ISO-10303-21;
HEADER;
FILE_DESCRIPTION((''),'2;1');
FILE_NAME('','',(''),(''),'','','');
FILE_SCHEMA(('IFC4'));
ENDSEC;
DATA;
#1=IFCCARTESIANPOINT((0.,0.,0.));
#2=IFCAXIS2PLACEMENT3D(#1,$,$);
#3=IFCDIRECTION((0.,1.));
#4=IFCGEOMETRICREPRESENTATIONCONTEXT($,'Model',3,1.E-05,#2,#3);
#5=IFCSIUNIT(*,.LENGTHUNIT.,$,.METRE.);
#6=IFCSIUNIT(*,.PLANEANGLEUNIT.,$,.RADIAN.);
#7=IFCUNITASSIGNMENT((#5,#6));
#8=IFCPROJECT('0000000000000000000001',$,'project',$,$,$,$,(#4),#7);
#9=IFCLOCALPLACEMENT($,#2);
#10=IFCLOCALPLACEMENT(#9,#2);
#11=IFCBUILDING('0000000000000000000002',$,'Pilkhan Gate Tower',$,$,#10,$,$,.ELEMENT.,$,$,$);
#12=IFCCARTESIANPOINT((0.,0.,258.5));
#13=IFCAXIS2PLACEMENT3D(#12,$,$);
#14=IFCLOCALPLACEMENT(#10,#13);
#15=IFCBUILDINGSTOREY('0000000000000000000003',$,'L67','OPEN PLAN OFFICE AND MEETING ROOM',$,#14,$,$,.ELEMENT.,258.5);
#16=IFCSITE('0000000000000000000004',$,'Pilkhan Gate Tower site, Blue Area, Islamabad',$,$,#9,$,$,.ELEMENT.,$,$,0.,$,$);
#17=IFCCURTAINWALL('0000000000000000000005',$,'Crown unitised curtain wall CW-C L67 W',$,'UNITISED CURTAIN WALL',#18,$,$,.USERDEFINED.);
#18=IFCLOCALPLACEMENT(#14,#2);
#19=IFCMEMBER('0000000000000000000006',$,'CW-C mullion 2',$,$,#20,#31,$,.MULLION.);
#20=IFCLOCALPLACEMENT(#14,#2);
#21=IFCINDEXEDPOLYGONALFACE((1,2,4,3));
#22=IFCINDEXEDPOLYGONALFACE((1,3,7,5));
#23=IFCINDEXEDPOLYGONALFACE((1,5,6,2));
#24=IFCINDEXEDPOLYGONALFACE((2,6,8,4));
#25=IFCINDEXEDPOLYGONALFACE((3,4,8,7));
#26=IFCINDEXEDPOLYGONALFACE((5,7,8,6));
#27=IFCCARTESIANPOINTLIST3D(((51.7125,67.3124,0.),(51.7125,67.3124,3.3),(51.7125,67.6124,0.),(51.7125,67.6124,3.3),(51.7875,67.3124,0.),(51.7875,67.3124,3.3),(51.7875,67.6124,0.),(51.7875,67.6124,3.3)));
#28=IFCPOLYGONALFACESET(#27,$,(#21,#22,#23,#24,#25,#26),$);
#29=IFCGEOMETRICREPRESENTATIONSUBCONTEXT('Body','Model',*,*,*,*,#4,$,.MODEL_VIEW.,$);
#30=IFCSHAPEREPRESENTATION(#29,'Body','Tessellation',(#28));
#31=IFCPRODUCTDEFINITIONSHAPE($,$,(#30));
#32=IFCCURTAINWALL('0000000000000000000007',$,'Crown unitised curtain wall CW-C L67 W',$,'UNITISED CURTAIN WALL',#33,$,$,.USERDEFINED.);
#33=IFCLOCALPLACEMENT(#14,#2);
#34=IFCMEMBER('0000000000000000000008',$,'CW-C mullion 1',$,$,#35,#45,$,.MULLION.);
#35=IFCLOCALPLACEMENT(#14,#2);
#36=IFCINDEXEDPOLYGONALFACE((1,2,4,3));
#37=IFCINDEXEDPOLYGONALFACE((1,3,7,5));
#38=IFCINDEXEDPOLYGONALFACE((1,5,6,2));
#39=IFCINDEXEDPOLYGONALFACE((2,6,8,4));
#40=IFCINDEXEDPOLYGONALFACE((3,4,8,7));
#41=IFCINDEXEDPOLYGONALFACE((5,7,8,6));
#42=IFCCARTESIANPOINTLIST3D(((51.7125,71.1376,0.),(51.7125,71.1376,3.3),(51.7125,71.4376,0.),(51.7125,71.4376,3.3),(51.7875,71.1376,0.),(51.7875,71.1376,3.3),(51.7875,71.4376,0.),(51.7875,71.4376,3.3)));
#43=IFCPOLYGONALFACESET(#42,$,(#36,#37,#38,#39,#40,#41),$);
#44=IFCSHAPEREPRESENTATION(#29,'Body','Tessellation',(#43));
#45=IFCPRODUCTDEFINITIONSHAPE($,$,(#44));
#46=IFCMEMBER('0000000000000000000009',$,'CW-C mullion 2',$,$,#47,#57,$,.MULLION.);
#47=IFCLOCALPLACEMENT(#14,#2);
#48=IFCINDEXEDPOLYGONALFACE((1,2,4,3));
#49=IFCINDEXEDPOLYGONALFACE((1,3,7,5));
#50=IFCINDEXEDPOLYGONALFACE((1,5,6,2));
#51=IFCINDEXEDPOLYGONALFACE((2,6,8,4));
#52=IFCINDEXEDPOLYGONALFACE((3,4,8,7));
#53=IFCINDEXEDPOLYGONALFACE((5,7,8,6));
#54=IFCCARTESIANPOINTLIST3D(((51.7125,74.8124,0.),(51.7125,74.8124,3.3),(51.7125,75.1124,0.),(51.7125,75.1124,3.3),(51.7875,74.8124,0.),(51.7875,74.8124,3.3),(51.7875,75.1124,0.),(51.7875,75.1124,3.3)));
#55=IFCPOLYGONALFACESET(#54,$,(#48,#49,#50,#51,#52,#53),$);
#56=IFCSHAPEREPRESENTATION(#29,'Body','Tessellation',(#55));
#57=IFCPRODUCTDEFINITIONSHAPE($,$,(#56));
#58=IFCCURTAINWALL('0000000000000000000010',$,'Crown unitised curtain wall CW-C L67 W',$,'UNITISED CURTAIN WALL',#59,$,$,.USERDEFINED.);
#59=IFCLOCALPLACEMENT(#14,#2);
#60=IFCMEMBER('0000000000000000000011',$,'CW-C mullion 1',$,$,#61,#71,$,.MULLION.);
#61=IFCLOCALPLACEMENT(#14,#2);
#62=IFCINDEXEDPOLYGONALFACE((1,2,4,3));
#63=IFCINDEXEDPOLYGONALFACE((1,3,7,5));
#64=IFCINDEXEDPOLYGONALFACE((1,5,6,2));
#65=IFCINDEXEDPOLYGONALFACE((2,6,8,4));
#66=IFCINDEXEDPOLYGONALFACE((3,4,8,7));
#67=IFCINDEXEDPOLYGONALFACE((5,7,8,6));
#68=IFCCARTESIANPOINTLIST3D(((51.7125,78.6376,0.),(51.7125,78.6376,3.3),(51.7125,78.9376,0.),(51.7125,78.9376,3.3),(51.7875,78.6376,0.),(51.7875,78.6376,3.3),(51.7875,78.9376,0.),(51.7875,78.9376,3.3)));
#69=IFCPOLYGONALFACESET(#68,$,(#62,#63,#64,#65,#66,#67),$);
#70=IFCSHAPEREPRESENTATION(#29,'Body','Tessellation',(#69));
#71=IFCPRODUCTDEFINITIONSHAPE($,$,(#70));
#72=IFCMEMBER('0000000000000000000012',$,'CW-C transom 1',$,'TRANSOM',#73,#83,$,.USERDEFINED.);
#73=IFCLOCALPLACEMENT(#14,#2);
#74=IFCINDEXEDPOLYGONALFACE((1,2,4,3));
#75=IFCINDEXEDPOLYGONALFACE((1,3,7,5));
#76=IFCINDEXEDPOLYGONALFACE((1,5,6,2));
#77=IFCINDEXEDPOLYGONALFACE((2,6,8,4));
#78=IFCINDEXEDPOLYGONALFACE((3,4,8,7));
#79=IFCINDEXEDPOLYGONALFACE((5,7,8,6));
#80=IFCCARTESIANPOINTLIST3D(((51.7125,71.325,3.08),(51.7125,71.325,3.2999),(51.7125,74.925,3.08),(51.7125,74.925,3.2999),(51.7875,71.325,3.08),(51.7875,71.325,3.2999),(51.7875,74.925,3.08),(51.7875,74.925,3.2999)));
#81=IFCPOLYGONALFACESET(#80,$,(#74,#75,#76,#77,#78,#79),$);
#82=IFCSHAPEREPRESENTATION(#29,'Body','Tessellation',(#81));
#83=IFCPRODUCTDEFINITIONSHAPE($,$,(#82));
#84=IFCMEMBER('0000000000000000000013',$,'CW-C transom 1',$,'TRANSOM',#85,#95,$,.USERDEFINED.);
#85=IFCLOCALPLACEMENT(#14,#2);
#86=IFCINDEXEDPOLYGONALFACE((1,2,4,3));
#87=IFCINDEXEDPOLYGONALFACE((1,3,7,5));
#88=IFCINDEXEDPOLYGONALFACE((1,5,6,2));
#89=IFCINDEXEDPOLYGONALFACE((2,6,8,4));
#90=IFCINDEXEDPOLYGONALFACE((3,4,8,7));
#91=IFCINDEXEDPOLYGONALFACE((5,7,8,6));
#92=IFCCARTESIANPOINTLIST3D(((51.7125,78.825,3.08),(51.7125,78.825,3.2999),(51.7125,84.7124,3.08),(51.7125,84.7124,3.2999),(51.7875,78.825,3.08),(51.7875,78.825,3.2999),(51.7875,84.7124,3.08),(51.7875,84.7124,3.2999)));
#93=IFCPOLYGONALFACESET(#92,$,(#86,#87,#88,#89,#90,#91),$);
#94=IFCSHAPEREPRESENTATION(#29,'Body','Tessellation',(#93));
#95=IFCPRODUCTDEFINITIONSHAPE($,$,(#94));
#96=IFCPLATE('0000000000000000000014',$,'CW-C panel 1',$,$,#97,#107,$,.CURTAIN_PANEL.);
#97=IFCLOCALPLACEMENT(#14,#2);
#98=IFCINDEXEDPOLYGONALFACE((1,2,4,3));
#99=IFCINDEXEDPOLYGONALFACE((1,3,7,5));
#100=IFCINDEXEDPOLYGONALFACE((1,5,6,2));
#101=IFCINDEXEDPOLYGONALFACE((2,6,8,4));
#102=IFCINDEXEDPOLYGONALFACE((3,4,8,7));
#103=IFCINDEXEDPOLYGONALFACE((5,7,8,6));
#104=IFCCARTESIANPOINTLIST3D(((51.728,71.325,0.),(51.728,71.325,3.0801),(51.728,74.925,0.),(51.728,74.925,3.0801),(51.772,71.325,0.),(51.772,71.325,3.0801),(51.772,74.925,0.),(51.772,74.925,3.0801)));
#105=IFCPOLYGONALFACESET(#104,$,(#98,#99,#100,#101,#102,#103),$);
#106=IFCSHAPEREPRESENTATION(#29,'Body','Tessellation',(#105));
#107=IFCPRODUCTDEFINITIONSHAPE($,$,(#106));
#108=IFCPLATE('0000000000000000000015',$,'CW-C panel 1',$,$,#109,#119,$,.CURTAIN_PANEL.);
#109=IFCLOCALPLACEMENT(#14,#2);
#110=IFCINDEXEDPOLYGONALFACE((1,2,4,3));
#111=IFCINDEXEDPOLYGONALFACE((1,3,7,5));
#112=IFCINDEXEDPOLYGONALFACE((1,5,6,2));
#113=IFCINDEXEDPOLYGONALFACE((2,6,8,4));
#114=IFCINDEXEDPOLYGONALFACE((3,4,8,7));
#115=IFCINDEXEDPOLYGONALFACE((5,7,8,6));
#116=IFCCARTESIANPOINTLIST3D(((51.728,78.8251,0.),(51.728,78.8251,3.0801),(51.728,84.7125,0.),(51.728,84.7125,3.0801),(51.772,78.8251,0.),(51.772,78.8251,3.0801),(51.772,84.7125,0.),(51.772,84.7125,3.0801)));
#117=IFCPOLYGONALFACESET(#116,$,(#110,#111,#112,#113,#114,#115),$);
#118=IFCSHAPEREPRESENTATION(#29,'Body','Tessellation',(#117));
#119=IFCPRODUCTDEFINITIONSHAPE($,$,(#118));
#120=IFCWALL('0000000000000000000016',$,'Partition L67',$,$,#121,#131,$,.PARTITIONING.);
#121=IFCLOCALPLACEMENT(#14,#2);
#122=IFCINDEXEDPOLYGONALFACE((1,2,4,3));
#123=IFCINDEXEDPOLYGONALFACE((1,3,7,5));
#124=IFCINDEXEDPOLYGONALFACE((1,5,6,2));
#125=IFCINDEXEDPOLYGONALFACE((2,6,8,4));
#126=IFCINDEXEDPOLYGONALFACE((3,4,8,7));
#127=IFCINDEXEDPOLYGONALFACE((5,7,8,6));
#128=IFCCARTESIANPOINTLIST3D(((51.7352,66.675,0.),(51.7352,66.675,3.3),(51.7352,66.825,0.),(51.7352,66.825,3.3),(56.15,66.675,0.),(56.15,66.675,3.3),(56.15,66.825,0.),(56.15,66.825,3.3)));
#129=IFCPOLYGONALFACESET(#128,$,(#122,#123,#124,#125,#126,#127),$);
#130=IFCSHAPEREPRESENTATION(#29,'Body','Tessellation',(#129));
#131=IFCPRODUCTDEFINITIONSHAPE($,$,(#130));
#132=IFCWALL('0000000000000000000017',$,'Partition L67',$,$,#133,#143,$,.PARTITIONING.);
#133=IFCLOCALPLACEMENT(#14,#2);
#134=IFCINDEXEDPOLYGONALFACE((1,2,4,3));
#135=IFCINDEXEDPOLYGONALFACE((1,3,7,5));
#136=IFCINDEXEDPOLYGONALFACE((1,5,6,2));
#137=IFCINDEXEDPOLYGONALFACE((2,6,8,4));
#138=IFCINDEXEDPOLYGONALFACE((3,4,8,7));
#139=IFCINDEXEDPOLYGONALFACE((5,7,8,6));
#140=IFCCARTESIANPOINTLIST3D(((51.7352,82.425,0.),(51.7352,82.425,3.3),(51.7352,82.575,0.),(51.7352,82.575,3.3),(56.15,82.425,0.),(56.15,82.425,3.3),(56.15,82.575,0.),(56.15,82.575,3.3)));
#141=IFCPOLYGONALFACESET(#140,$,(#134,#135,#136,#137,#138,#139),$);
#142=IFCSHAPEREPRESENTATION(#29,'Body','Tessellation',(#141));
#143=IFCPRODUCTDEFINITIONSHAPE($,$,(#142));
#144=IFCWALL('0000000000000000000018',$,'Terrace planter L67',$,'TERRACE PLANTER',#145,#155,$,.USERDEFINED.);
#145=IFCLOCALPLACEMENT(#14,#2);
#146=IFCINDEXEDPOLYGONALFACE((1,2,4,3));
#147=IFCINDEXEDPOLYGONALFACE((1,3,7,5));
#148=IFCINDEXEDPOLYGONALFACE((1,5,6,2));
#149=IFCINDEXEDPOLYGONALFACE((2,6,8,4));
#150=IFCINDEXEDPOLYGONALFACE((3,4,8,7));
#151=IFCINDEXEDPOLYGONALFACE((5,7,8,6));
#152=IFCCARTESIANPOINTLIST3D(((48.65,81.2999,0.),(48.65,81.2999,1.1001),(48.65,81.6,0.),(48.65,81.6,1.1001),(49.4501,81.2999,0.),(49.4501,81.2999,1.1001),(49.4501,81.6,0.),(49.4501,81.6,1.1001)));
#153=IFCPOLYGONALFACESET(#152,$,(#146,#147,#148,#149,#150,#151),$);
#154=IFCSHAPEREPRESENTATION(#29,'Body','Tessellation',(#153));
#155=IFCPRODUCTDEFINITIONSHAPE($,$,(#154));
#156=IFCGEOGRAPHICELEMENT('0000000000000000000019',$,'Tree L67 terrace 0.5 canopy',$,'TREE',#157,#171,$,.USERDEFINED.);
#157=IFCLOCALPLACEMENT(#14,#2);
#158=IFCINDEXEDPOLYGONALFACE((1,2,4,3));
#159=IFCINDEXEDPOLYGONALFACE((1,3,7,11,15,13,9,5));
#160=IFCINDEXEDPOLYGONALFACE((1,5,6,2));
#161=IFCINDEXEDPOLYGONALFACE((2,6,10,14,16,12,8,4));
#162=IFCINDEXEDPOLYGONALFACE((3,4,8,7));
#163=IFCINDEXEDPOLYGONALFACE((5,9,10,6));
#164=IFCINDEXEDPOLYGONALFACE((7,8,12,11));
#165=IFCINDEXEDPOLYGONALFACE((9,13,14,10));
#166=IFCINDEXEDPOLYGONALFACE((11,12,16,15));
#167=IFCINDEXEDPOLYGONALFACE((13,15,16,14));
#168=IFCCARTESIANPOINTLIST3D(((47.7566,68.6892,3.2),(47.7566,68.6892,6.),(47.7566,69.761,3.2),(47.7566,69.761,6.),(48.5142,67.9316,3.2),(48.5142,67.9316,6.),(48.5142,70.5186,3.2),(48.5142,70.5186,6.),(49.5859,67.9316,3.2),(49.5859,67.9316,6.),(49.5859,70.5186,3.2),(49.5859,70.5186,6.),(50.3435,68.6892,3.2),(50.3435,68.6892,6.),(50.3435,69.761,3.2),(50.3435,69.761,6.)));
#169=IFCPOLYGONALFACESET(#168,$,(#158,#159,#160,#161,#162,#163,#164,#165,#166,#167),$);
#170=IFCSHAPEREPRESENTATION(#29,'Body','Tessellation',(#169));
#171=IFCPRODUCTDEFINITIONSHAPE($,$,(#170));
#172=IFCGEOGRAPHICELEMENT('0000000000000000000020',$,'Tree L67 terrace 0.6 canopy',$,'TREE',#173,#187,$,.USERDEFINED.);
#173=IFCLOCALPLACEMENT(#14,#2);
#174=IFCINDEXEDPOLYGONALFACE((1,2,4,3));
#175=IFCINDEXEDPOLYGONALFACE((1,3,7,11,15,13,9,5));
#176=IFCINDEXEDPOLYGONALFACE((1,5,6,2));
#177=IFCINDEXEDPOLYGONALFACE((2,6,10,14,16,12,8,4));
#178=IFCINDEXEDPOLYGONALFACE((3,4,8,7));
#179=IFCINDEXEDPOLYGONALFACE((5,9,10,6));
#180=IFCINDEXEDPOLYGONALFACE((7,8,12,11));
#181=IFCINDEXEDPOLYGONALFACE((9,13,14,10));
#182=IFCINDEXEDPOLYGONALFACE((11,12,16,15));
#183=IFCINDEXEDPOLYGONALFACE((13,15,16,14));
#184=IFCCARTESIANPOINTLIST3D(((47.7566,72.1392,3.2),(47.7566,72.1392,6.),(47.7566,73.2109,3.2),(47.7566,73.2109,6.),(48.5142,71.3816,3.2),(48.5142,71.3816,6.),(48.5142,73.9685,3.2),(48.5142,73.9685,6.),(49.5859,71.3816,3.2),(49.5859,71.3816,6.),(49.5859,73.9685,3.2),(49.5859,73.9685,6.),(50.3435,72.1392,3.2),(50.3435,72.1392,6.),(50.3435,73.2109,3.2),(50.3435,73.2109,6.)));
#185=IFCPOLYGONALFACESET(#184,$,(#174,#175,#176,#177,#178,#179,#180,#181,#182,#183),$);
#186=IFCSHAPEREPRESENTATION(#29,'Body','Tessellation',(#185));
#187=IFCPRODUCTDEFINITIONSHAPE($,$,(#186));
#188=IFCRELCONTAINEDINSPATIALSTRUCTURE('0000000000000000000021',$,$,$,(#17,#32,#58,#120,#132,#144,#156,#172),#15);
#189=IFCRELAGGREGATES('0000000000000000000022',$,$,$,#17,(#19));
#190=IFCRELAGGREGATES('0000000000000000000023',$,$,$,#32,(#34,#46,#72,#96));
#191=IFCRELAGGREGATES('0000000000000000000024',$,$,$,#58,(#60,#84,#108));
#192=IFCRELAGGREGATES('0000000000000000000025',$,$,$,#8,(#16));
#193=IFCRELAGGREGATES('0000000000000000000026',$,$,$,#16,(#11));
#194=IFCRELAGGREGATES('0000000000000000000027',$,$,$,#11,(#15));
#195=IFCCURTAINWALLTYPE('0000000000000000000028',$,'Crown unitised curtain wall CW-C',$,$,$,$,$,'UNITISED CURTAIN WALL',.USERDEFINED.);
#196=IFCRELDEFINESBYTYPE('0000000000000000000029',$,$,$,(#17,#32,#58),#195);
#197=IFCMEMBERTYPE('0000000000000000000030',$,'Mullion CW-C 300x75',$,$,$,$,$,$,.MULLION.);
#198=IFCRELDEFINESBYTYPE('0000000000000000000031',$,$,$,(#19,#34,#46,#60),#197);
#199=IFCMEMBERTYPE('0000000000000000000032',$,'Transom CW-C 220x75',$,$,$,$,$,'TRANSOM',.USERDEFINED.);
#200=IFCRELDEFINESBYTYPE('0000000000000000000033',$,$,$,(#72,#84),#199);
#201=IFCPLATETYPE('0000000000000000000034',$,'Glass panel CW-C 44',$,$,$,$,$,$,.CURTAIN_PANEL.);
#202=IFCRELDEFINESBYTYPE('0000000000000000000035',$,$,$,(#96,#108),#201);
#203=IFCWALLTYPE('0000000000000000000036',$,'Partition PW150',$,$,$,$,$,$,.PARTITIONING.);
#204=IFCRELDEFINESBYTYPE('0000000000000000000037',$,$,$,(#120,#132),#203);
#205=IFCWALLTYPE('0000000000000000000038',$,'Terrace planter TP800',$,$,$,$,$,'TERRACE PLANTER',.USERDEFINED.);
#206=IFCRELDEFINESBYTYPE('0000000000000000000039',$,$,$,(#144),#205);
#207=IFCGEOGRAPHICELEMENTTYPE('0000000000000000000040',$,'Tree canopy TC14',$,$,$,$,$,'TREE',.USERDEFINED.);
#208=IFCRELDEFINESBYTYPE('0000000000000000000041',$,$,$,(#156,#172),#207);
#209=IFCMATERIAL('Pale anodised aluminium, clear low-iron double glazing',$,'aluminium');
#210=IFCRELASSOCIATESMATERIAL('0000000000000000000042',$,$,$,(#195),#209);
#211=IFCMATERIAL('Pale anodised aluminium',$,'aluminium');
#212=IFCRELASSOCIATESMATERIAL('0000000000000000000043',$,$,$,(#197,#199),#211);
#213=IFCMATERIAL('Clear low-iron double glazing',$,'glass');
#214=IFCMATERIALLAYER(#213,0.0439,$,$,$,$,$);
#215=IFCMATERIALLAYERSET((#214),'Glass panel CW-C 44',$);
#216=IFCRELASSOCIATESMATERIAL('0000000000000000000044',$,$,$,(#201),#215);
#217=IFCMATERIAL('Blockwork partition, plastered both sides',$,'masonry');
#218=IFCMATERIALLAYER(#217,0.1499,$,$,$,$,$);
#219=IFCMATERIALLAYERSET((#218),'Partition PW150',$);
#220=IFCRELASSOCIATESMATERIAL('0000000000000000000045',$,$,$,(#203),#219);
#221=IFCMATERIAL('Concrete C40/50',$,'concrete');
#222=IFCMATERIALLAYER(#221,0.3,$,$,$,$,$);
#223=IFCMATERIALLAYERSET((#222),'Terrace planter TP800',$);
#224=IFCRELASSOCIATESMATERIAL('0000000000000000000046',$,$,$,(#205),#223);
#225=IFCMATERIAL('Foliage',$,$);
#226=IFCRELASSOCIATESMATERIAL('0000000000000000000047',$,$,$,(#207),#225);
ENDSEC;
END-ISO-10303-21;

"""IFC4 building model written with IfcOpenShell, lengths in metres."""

from ifc_helpers import new_model, si_unit, direction, frame, frame_2d, origin, origin_2d, place, context, subcontext, project, spatial, polyline, rectangle, outline, extrude, material, layer, layer_set, material_profile, profile_set, type_object, element, aggregate, save


model = new_model("IFC4")

# Units and contexts
model_context = context("Model", 3, precision=1e-05, world=origin(), true_north=direction((0.0, 1.0)))
body_context = subcontext(model_context, "Body", "Model", "MODEL_VIEW")
ifc_project = project(units=[si_unit("LENGTHUNIT", "METRE"), si_unit("PLANEANGLEUNIT", "RADIAN")], contexts=[model_context])

# Site, building, storey
site_placement = place(None, origin())
site = spatial("IfcSite", under=ifc_project, at=site_placement, Name="Pilkhan Gate Tower site, Blue Area, Islamabad", CompositionType="ELEMENT", RefElevation=0.0)
building_placement = place(site_placement, origin())
building = spatial("IfcBuilding", under=site, at=building_placement, Name="Pilkhan Gate Tower", CompositionType="ELEMENT")
storey_placement = place(building_placement, frame((0.0, 0.0, 258.5)))
storey = spatial("IfcBuildingStorey", under=building, at=storey_placement, Name="L67", Description="OPEN PLAN OFFICE AND MEETING ROOM", CompositionType="ELEMENT", Elevation=258.5)

# Curtain wall, member
ifc_material_1 = material(Name="Pale anodised aluminium, clear low-iron double glazing", Category="aluminium")
curtain_wall_type = type_object("IfcCurtainWallType", Name="Crown unitised curtain wall CW-C", ElementType="UNITISED CURTAIN WALL", PredefinedType="USERDEFINED", material=ifc_material_1)
curtain_wall_1_placement = place(storey_placement, origin())
curtain_wall_1 = element("IfcCurtainWall", 1, at=curtain_wall_1_placement, inside=storey, type_object=curtain_wall_type, Name="Crown unitised curtain wall CW-C L67 W", ObjectType="UNITISED CURTAIN WALL", PredefinedType="USERDEFINED")
ifc_material_2 = material(Name="Pale anodised aluminium", Category="aluminium")
ifc_material_profile_1 = material_profile(ifc_material_2, rectangle(XDim=0.075, YDim=0.3, at=origin_2d()), Name="Mullion 300x75")
ifc_profile_set_1 = profile_set([ifc_material_profile_1], Name="Pale anodised aluminium")
member_type_1 = type_object("IfcMemberType", Name="Mullion CW-C 300x75", PredefinedType="MULLION", material=ifc_profile_set_1)
member_1_placement = place(storey_placement, frame((51.75, 67.4624, 0.0), z_axis=(0.0, 0.0, 1.0), x_axis=(-1.0, 0.0, 0.0)))
member_1 = element("IfcMember", 2, at=member_1_placement, type_object=member_type_1, Name="CW-C mullion 2", PredefinedType="MULLION", context=body_context, shape_type="SweptSolid", body=[
    extrude(rectangle(XDim=0.075, YDim=0.3, at=origin_2d()), origin(), (0.0, 0.0, 1.0), 3.3),
])
aggregate(curtain_wall_1, [member_1])

# Curtain wall, members
curtain_wall_2_placement = place(storey_placement, origin())
curtain_wall_2 = element("IfcCurtainWall", 3, at=curtain_wall_2_placement, inside=storey, type_object=curtain_wall_type, Name="Crown unitised curtain wall CW-C L67 W", ObjectType="UNITISED CURTAIN WALL", PredefinedType="USERDEFINED")
member_2_placement = place(storey_placement, frame((51.75, 71.2876, 0.0), z_axis=(0.0, 0.0, 1.0), x_axis=(-1.0, 0.0, 0.0)))
member_2 = element("IfcMember", 4, at=member_2_placement, type_object=member_type_1, Name="CW-C mullion 1", PredefinedType="MULLION", context=body_context, shape_type="SweptSolid", body=[
    extrude(rectangle(XDim=0.075, YDim=0.3, at=origin_2d()), origin(), (0.0, 0.0, 1.0), 3.3),
])
member_3_placement = place(storey_placement, frame((51.75, 74.9624, 0.0), z_axis=(0.0, 0.0, 1.0), x_axis=(-1.0, 0.0, 0.0)))
member_3 = element("IfcMember", 5, at=member_3_placement, type_object=member_type_1, Name="CW-C mullion 2", PredefinedType="MULLION", context=body_context, shape_type="SweptSolid", body=[
    extrude(rectangle(XDim=0.075, YDim=0.3, at=origin_2d()), origin(), (0.0, 0.0, 1.0), 3.3),
])

# Curtain wall, member
curtain_wall_3_placement = place(storey_placement, origin())
curtain_wall_3 = element("IfcCurtainWall", 6, at=curtain_wall_3_placement, inside=storey, type_object=curtain_wall_type, Name="Crown unitised curtain wall CW-C L67 W", ObjectType="UNITISED CURTAIN WALL", PredefinedType="USERDEFINED")
member_4_placement = place(storey_placement, frame((51.75, 78.7876, 0.0), z_axis=(0.0, 0.0, 1.0), x_axis=(-1.0, 0.0, 0.0)))
member_4 = element("IfcMember", 7, at=member_4_placement, type_object=member_type_1, Name="CW-C mullion 1", PredefinedType="MULLION", context=body_context, shape_type="SweptSolid", body=[
    extrude(rectangle(XDim=0.075, YDim=0.3, at=origin_2d()), origin(), (0.0, 0.0, 1.0), 3.3),
])

# Members
ifc_material_profile_2 = material_profile(ifc_material_2, rectangle(XDim=0.075, YDim=0.22, at=origin_2d()), Name="Transom 220x75")
ifc_profile_set_2 = profile_set([ifc_material_profile_2], Name="Pale anodised aluminium")
member_type_2 = type_object("IfcMemberType", Name="Transom CW-C 220x75", ElementType="TRANSOM", PredefinedType="USERDEFINED", material=ifc_profile_set_2)
member_5_placement = place(storey_placement, frame((51.75, 71.325, 3.1899), z_axis=(0.0, 1.0, 0.0), x_axis=(-1.0, 0.0, 0.0)))
member_5 = element("IfcMember", 8, at=member_5_placement, type_object=member_type_2, Name="CW-C transom 1", ObjectType="TRANSOM", PredefinedType="USERDEFINED", context=body_context, shape_type="SweptSolid", body=[
    extrude(rectangle(XDim=0.075, YDim=0.22, at=origin_2d()), origin(), (0.0, 0.0, 1.0), 3.6001),
])
member_6_placement = place(storey_placement, frame((51.75, 78.825, 3.1899), z_axis=(0.0, 1.0, 0.0), x_axis=(-1.0, 0.0, 0.0)))
member_6 = element("IfcMember", 9, at=member_6_placement, type_object=member_type_2, Name="CW-C transom 1", ObjectType="TRANSOM", PredefinedType="USERDEFINED", context=body_context, shape_type="SweptSolid", body=[
    extrude(rectangle(XDim=0.075, YDim=0.22, at=origin_2d()), origin(), (0.0, 0.0, 1.0), 5.8875),
])

# Plates
ifc_material_3 = material(Name="Clear low-iron double glazing", Category="glass")
ifc_layer_1 = layer(ifc_material_3, 0.0439)
ifc_layer_set_1 = layer_set([ifc_layer_1], Name="Glass panel CW-C 44")
plate_type = type_object("IfcPlateType", Name="Glass panel CW-C 44", PredefinedType="CURTAIN_PANEL", material=ifc_layer_set_1)
plate_1_placement = place(storey_placement, frame((51.75, 73.125, 0.0), z_axis=(0.0, 0.0, 1.0), x_axis=(0.0, 1.0, 0.0)))
plate_1 = element("IfcPlate", 10, at=plate_1_placement, type_object=plate_type, Name="CW-C panel 1", PredefinedType="CURTAIN_PANEL", context=body_context, shape_type="SweptSolid", body=[
    extrude(rectangle(XDim=3.6001, YDim=0.0439, at=origin_2d()), origin(), (0.0, 0.0, 1.0), 3.0801),
])
aggregate(curtain_wall_2, [member_2, member_3, member_5, plate_1])
plate_2_placement = place(storey_placement, frame((51.75, 81.7688, 0.0), z_axis=(0.0, 0.0, 1.0), x_axis=(0.0, 1.0, 0.0)))
plate_2 = element("IfcPlate", 11, at=plate_2_placement, type_object=plate_type, Name="CW-C panel 1", PredefinedType="CURTAIN_PANEL", context=body_context, shape_type="SweptSolid", body=[
    extrude(rectangle(XDim=5.8875, YDim=0.0439, at=origin_2d()), origin(), (0.0, 0.0, 1.0), 3.0801),
])
aggregate(curtain_wall_3, [member_4, member_6, plate_2])

# Walls
ifc_material_4 = material(Name="Blockwork partition, plastered both sides", Category="masonry")
ifc_layer_2 = layer(ifc_material_4, 0.1499)
ifc_layer_set_2 = layer_set([ifc_layer_2], Name="Partition PW150")
wall_type_1 = type_object("IfcWallType", Name="Partition PW150", PredefinedType="PARTITIONING", material=ifc_layer_set_2)
for number, where, z_axis, x_axis, name in (
    (12, (51.7351, 66.75, 0.0), (0.0, 0.0, 1.0), (1.0, 0.0, 0.0), "Partition L67"),
    (13, (51.7351, 82.5, 0.0), (0.0, 0.0, 1.0), (1.0, 0.0, 0.0), "Partition L67"),
):
    element("IfcWall", number, at=place(storey_placement, frame(where, z_axis=z_axis, x_axis=x_axis)), inside=storey, type_object=wall_type_1, Name=name, PredefinedType="PARTITIONING", context=body_context, shape_type="SweptSolid", body=[
        extrude(rectangle(XDim=4.4148, YDim=0.1499, at=frame_2d((2.2075, 0.0))), origin(), (0.0, 0.0, 1.0), 3.3),
    ])
ifc_material_5 = material(Name="Concrete C40/50", Category="concrete")
ifc_layer_3 = layer(ifc_material_5, 0.3)
ifc_layer_set_3 = layer_set([ifc_layer_3], Name="Terrace planter TP800")
wall_type_2 = type_object("IfcWallType", Name="Terrace planter TP800", ElementType="TERRACE PLANTER", PredefinedType="USERDEFINED", material=ifc_layer_set_3)
wall_1_placement = place(storey_placement, frame((49.45, 81.45, 0.0), z_axis=(0.0, 0.0, 1.0), x_axis=(-1.0, 0.0, 0.0)))
element("IfcWall", 14, at=wall_1_placement, inside=storey, type_object=wall_type_2, Name="Terrace planter L67", ObjectType="TERRACE PLANTER", PredefinedType="USERDEFINED", context=body_context, shape_type="SweptSolid", body=[
    extrude(rectangle(XDim=0.8, YDim=0.3, at=frame_2d((0.3999, 0.0))), origin(), (0.0, 0.0, 1.0), 1.1001),
])

# Geographic elements
ifc_material_6 = material(Name="Foliage")
ifc_material_profile_3 = material_profile(ifc_material_6, outline(polyline([(1.2935, 0.5359), (0.5359, 1.2935), (-0.5359, 1.2935), (-1.2935, 0.5359), (-1.2935, -0.5359), (-0.5359, -1.2935), (0.5359, -1.2935), (1.2935, -0.5359), (1.2935, 0.5359)])), Name="Canopy D2.8")
ifc_profile_set_3 = profile_set([ifc_material_profile_3], Name="Foliage")
geographic_element_type_1 = type_object("IfcGeographicElementType", Name="Tree canopy TC14", ElementType="TREE", PredefinedType="USERDEFINED", material=ifc_profile_set_3)
for number, where, z_axis, x_axis, name in (
    (15, (49.05, 69.2251, 3.2), (0.0, 0.0, 1.0), (1.0, 0.0, 0.0), "Tree L67 terrace 0.5 canopy"),
    (16, (49.05, 72.675, 3.2), (0.0, 0.0, 1.0), (1.0, 0.0, 0.0), "Tree L67 terrace 0.6 canopy"),
):
    element("IfcGeographicElement", number, at=place(storey_placement, frame(where, z_axis=z_axis, x_axis=x_axis)), inside=storey, type_object=geographic_element_type_1, Name=name, ObjectType="TREE", PredefinedType="USERDEFINED", context=body_context, shape_type="SweptSolid", body=[
        extrude(outline(polyline([(1.2935, 0.5359), (0.5359, 1.2935), (-0.5359, 1.2935), (-1.2935, 0.5359), (-1.2935, -0.5359), (-0.5359, -1.2935), (0.5359, -1.2935), (1.2935, -0.5359), (1.2935, 0.5359)])), origin(), (0.0, 0.0, 1.0), 2.8),
    ])

save(model, "model.ifc")
